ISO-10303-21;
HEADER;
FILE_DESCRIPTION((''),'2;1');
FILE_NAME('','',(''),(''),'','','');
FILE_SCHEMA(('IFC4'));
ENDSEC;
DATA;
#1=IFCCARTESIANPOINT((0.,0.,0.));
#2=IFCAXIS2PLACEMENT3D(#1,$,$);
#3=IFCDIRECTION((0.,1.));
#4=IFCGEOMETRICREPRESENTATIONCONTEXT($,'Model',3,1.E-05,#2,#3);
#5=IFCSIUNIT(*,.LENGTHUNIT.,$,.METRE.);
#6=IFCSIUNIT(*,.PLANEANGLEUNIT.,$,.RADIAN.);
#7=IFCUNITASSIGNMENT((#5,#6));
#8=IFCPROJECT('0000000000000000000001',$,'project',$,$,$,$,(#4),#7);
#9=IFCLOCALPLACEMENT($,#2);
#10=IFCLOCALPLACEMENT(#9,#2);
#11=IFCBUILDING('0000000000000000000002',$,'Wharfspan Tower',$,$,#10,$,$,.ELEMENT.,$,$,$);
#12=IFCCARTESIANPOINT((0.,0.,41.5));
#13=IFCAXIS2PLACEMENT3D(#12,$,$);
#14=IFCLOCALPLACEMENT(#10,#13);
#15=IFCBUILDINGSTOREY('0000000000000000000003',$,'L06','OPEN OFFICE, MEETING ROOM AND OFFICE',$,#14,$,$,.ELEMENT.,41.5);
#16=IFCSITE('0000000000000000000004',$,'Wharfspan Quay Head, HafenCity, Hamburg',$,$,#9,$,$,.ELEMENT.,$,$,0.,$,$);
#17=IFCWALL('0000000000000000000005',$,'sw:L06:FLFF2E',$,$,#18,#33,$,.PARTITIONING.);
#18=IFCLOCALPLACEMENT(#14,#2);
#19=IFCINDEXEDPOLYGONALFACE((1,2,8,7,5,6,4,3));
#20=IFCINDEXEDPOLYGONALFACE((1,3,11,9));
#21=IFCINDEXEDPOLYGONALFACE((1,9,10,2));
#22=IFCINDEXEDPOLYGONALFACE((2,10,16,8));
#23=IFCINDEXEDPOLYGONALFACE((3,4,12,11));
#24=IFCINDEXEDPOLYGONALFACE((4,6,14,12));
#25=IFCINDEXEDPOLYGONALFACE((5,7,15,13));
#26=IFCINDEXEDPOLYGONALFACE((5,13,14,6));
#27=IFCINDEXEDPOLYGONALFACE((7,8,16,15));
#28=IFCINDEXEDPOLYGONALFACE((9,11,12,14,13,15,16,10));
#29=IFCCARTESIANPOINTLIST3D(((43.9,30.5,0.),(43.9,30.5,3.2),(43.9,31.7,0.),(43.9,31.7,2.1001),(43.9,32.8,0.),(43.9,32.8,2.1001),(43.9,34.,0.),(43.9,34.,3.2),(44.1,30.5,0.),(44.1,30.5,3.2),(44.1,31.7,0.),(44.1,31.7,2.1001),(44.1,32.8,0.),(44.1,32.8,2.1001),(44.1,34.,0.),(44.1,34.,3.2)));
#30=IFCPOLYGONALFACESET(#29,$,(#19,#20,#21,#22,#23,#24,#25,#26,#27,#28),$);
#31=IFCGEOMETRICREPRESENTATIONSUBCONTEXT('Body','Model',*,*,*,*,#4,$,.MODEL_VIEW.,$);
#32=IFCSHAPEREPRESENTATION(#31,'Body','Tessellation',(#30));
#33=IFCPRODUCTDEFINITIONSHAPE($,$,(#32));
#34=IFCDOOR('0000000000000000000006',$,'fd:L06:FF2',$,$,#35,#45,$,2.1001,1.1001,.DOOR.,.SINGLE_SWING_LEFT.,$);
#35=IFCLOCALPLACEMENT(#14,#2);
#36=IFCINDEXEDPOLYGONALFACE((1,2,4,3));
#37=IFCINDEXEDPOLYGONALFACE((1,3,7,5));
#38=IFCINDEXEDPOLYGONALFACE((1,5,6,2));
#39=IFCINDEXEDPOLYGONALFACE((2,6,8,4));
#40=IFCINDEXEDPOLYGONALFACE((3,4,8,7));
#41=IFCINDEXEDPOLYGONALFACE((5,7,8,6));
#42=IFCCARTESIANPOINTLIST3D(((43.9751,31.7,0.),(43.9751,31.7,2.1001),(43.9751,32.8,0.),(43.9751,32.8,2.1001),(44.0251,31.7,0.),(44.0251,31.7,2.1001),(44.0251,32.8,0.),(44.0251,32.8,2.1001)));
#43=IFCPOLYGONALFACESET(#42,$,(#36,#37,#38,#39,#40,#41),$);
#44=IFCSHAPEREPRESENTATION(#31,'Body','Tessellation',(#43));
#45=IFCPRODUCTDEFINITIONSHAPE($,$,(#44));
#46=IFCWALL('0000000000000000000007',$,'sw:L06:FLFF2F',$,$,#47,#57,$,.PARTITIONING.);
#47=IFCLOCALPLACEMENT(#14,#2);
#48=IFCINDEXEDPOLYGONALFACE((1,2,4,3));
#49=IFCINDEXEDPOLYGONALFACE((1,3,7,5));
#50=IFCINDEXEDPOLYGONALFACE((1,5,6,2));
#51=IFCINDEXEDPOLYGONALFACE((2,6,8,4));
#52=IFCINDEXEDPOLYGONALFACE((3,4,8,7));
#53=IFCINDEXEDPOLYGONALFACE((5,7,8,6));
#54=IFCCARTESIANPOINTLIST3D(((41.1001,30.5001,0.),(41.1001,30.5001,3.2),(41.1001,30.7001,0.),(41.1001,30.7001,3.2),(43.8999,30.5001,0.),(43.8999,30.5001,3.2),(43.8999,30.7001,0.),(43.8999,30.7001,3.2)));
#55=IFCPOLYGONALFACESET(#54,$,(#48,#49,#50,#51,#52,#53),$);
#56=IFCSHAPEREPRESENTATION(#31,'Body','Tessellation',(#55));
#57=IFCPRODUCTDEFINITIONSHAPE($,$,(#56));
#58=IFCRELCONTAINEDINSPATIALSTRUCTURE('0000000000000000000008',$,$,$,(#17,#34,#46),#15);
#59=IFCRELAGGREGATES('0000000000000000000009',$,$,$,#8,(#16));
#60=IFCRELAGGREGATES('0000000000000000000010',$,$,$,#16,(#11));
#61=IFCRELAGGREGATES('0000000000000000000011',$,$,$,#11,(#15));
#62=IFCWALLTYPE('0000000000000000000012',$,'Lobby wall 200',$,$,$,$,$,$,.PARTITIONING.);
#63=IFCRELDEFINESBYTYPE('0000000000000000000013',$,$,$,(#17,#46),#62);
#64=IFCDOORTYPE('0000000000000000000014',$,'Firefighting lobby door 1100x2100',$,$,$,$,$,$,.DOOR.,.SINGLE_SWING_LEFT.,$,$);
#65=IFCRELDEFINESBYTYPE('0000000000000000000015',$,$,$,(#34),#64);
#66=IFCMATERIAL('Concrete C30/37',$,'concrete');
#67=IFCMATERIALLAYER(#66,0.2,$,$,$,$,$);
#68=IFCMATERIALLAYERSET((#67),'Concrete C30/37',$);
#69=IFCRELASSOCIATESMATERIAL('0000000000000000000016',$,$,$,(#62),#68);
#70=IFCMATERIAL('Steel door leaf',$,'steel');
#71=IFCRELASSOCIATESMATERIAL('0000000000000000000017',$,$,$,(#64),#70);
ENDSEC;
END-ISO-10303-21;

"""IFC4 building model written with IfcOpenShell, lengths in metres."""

from ifc_helpers import new_model, si_unit, direction, frame, frame_2d, origin, place, context, subcontext, project, spatial, rectangle, extrude, material, layer, layer_set, type_object, element, fill, save


model = new_model("IFC4")

# Units and contexts
model_context = context("Model", 3, precision=1e-05, world=origin(), true_north=direction((0.0, 1.0)))
body_context = subcontext(model_context, "Body", "Model", "MODEL_VIEW")
ifc_project = project(units=[si_unit("LENGTHUNIT", "METRE"), si_unit("PLANEANGLEUNIT", "RADIAN")], contexts=[model_context])

# Site, building, storey
site_placement = place(None, origin())
site = spatial("IfcSite", under=ifc_project, at=site_placement, Name="Wharfspan Quay Head, HafenCity, Hamburg", CompositionType="ELEMENT", RefElevation=0.0)
building_placement = place(site_placement, origin())
building = spatial("IfcBuilding", under=site, at=building_placement, Name="Wharfspan Tower", CompositionType="ELEMENT")
storey_placement = place(building_placement, frame((0.0, 0.0, 41.5)))
storey = spatial("IfcBuildingStorey", under=building, at=storey_placement, Name="L06", Description="OPEN OFFICE, MEETING ROOM AND OFFICE", CompositionType="ELEMENT", Elevation=41.5)

# Shared definitions
ifc_material_1 = material(Name="Steel door leaf", Category="steel")

# Shared definitions
ifc_material_2 = material(Name="Concrete C30/37", Category="concrete")
ifc_layer_1 = layer(ifc_material_2, 0.2)
ifc_layer_set_1 = layer_set([ifc_layer_1], Name="Concrete C30/37")
wall_type_1 = type_object("IfcWallType", Name="Lobby wall 200", PredefinedType="PARTITIONING", material=ifc_layer_set_1)

# Wall, opening, door
wall_1_placement = place(storey_placement, frame((44.0, 30.5, 0.0), z_axis=(0.0, 0.0, 1.0), x_axis=(0.0, 1.0, 0.0)))
wall_1 = element("IfcWall", 1, at=wall_1_placement, inside=storey, type_object=wall_type_1, Name="sw:L06:FLFF2E", PredefinedType="PARTITIONING", context=body_context, shape_type="SweptSolid", body=[
    extrude(rectangle(XDim=3.5, YDim=0.2, at=frame_2d((1.75, 0.0))), origin(), (0.0, 0.0, 1.0), 3.2),
])
opening_1_placement = place(wall_1_placement, frame((1.2, 0.0, 0.0)))
opening_1 = element("IfcOpeningElement", 2, at=opening_1_placement, cuts=wall_1, PredefinedType="OPENING", context=body_context, shape_type="SweptSolid", body=[
    extrude(rectangle(XDim=1.1001, YDim=2.1001, at=frame_2d((0.55, 1.05))), frame((0.0, 0.1099, 0.0), z_axis=(0.0, -1.0, 0.0), x_axis=(1.0, 0.0, 0.0)), (0.0, 0.0, 1.0), 0.22),
])
door_type_1 = type_object("IfcDoorType", Name="Firefighting lobby door 1100x2100", OperationType="SINGLE_SWING_LEFT", PredefinedType="DOOR", material=ifc_material_1)
door_1_placement = place(opening_1_placement, origin())
door_1 = element("IfcDoor", 3, at=door_1_placement, inside=storey, type_object=door_type_1, Name="fd:L06:FF2", OperationType="SINGLE_SWING_LEFT", OverallHeight=2.1001, OverallWidth=1.1001, PredefinedType="DOOR", context=body_context, shape_type="SweptSolid", body=[
    extrude(rectangle(XDim=1.1001, YDim=2.1001, at=frame_2d((0.55, 1.05))), frame((0.0, 0.0249, 0.0), z_axis=(0.0, -1.0, 0.0), x_axis=(1.0, 0.0, 0.0)), (0.0, 0.0, 1.0), 0.05),
])
fill(opening_1, door_1)

# Wall
wall_2_placement = place(storey_placement, frame((41.1001, 30.6001, 0.0), z_axis=(0.0, 0.0, 1.0), x_axis=(1.0, 0.0, 0.0)))
element("IfcWall", 4, at=wall_2_placement, inside=storey, type_object=wall_type_1, Name="sw:L06:FLFF2F", PredefinedType="PARTITIONING", context=body_context, shape_type="SweptSolid", body=[
    extrude(rectangle(XDim=2.7998, YDim=0.2, at=frame_2d((1.3999, 0.0))), origin(), (0.0, 0.0, 1.0), 3.2),
])

save(model, "model.ifc")
